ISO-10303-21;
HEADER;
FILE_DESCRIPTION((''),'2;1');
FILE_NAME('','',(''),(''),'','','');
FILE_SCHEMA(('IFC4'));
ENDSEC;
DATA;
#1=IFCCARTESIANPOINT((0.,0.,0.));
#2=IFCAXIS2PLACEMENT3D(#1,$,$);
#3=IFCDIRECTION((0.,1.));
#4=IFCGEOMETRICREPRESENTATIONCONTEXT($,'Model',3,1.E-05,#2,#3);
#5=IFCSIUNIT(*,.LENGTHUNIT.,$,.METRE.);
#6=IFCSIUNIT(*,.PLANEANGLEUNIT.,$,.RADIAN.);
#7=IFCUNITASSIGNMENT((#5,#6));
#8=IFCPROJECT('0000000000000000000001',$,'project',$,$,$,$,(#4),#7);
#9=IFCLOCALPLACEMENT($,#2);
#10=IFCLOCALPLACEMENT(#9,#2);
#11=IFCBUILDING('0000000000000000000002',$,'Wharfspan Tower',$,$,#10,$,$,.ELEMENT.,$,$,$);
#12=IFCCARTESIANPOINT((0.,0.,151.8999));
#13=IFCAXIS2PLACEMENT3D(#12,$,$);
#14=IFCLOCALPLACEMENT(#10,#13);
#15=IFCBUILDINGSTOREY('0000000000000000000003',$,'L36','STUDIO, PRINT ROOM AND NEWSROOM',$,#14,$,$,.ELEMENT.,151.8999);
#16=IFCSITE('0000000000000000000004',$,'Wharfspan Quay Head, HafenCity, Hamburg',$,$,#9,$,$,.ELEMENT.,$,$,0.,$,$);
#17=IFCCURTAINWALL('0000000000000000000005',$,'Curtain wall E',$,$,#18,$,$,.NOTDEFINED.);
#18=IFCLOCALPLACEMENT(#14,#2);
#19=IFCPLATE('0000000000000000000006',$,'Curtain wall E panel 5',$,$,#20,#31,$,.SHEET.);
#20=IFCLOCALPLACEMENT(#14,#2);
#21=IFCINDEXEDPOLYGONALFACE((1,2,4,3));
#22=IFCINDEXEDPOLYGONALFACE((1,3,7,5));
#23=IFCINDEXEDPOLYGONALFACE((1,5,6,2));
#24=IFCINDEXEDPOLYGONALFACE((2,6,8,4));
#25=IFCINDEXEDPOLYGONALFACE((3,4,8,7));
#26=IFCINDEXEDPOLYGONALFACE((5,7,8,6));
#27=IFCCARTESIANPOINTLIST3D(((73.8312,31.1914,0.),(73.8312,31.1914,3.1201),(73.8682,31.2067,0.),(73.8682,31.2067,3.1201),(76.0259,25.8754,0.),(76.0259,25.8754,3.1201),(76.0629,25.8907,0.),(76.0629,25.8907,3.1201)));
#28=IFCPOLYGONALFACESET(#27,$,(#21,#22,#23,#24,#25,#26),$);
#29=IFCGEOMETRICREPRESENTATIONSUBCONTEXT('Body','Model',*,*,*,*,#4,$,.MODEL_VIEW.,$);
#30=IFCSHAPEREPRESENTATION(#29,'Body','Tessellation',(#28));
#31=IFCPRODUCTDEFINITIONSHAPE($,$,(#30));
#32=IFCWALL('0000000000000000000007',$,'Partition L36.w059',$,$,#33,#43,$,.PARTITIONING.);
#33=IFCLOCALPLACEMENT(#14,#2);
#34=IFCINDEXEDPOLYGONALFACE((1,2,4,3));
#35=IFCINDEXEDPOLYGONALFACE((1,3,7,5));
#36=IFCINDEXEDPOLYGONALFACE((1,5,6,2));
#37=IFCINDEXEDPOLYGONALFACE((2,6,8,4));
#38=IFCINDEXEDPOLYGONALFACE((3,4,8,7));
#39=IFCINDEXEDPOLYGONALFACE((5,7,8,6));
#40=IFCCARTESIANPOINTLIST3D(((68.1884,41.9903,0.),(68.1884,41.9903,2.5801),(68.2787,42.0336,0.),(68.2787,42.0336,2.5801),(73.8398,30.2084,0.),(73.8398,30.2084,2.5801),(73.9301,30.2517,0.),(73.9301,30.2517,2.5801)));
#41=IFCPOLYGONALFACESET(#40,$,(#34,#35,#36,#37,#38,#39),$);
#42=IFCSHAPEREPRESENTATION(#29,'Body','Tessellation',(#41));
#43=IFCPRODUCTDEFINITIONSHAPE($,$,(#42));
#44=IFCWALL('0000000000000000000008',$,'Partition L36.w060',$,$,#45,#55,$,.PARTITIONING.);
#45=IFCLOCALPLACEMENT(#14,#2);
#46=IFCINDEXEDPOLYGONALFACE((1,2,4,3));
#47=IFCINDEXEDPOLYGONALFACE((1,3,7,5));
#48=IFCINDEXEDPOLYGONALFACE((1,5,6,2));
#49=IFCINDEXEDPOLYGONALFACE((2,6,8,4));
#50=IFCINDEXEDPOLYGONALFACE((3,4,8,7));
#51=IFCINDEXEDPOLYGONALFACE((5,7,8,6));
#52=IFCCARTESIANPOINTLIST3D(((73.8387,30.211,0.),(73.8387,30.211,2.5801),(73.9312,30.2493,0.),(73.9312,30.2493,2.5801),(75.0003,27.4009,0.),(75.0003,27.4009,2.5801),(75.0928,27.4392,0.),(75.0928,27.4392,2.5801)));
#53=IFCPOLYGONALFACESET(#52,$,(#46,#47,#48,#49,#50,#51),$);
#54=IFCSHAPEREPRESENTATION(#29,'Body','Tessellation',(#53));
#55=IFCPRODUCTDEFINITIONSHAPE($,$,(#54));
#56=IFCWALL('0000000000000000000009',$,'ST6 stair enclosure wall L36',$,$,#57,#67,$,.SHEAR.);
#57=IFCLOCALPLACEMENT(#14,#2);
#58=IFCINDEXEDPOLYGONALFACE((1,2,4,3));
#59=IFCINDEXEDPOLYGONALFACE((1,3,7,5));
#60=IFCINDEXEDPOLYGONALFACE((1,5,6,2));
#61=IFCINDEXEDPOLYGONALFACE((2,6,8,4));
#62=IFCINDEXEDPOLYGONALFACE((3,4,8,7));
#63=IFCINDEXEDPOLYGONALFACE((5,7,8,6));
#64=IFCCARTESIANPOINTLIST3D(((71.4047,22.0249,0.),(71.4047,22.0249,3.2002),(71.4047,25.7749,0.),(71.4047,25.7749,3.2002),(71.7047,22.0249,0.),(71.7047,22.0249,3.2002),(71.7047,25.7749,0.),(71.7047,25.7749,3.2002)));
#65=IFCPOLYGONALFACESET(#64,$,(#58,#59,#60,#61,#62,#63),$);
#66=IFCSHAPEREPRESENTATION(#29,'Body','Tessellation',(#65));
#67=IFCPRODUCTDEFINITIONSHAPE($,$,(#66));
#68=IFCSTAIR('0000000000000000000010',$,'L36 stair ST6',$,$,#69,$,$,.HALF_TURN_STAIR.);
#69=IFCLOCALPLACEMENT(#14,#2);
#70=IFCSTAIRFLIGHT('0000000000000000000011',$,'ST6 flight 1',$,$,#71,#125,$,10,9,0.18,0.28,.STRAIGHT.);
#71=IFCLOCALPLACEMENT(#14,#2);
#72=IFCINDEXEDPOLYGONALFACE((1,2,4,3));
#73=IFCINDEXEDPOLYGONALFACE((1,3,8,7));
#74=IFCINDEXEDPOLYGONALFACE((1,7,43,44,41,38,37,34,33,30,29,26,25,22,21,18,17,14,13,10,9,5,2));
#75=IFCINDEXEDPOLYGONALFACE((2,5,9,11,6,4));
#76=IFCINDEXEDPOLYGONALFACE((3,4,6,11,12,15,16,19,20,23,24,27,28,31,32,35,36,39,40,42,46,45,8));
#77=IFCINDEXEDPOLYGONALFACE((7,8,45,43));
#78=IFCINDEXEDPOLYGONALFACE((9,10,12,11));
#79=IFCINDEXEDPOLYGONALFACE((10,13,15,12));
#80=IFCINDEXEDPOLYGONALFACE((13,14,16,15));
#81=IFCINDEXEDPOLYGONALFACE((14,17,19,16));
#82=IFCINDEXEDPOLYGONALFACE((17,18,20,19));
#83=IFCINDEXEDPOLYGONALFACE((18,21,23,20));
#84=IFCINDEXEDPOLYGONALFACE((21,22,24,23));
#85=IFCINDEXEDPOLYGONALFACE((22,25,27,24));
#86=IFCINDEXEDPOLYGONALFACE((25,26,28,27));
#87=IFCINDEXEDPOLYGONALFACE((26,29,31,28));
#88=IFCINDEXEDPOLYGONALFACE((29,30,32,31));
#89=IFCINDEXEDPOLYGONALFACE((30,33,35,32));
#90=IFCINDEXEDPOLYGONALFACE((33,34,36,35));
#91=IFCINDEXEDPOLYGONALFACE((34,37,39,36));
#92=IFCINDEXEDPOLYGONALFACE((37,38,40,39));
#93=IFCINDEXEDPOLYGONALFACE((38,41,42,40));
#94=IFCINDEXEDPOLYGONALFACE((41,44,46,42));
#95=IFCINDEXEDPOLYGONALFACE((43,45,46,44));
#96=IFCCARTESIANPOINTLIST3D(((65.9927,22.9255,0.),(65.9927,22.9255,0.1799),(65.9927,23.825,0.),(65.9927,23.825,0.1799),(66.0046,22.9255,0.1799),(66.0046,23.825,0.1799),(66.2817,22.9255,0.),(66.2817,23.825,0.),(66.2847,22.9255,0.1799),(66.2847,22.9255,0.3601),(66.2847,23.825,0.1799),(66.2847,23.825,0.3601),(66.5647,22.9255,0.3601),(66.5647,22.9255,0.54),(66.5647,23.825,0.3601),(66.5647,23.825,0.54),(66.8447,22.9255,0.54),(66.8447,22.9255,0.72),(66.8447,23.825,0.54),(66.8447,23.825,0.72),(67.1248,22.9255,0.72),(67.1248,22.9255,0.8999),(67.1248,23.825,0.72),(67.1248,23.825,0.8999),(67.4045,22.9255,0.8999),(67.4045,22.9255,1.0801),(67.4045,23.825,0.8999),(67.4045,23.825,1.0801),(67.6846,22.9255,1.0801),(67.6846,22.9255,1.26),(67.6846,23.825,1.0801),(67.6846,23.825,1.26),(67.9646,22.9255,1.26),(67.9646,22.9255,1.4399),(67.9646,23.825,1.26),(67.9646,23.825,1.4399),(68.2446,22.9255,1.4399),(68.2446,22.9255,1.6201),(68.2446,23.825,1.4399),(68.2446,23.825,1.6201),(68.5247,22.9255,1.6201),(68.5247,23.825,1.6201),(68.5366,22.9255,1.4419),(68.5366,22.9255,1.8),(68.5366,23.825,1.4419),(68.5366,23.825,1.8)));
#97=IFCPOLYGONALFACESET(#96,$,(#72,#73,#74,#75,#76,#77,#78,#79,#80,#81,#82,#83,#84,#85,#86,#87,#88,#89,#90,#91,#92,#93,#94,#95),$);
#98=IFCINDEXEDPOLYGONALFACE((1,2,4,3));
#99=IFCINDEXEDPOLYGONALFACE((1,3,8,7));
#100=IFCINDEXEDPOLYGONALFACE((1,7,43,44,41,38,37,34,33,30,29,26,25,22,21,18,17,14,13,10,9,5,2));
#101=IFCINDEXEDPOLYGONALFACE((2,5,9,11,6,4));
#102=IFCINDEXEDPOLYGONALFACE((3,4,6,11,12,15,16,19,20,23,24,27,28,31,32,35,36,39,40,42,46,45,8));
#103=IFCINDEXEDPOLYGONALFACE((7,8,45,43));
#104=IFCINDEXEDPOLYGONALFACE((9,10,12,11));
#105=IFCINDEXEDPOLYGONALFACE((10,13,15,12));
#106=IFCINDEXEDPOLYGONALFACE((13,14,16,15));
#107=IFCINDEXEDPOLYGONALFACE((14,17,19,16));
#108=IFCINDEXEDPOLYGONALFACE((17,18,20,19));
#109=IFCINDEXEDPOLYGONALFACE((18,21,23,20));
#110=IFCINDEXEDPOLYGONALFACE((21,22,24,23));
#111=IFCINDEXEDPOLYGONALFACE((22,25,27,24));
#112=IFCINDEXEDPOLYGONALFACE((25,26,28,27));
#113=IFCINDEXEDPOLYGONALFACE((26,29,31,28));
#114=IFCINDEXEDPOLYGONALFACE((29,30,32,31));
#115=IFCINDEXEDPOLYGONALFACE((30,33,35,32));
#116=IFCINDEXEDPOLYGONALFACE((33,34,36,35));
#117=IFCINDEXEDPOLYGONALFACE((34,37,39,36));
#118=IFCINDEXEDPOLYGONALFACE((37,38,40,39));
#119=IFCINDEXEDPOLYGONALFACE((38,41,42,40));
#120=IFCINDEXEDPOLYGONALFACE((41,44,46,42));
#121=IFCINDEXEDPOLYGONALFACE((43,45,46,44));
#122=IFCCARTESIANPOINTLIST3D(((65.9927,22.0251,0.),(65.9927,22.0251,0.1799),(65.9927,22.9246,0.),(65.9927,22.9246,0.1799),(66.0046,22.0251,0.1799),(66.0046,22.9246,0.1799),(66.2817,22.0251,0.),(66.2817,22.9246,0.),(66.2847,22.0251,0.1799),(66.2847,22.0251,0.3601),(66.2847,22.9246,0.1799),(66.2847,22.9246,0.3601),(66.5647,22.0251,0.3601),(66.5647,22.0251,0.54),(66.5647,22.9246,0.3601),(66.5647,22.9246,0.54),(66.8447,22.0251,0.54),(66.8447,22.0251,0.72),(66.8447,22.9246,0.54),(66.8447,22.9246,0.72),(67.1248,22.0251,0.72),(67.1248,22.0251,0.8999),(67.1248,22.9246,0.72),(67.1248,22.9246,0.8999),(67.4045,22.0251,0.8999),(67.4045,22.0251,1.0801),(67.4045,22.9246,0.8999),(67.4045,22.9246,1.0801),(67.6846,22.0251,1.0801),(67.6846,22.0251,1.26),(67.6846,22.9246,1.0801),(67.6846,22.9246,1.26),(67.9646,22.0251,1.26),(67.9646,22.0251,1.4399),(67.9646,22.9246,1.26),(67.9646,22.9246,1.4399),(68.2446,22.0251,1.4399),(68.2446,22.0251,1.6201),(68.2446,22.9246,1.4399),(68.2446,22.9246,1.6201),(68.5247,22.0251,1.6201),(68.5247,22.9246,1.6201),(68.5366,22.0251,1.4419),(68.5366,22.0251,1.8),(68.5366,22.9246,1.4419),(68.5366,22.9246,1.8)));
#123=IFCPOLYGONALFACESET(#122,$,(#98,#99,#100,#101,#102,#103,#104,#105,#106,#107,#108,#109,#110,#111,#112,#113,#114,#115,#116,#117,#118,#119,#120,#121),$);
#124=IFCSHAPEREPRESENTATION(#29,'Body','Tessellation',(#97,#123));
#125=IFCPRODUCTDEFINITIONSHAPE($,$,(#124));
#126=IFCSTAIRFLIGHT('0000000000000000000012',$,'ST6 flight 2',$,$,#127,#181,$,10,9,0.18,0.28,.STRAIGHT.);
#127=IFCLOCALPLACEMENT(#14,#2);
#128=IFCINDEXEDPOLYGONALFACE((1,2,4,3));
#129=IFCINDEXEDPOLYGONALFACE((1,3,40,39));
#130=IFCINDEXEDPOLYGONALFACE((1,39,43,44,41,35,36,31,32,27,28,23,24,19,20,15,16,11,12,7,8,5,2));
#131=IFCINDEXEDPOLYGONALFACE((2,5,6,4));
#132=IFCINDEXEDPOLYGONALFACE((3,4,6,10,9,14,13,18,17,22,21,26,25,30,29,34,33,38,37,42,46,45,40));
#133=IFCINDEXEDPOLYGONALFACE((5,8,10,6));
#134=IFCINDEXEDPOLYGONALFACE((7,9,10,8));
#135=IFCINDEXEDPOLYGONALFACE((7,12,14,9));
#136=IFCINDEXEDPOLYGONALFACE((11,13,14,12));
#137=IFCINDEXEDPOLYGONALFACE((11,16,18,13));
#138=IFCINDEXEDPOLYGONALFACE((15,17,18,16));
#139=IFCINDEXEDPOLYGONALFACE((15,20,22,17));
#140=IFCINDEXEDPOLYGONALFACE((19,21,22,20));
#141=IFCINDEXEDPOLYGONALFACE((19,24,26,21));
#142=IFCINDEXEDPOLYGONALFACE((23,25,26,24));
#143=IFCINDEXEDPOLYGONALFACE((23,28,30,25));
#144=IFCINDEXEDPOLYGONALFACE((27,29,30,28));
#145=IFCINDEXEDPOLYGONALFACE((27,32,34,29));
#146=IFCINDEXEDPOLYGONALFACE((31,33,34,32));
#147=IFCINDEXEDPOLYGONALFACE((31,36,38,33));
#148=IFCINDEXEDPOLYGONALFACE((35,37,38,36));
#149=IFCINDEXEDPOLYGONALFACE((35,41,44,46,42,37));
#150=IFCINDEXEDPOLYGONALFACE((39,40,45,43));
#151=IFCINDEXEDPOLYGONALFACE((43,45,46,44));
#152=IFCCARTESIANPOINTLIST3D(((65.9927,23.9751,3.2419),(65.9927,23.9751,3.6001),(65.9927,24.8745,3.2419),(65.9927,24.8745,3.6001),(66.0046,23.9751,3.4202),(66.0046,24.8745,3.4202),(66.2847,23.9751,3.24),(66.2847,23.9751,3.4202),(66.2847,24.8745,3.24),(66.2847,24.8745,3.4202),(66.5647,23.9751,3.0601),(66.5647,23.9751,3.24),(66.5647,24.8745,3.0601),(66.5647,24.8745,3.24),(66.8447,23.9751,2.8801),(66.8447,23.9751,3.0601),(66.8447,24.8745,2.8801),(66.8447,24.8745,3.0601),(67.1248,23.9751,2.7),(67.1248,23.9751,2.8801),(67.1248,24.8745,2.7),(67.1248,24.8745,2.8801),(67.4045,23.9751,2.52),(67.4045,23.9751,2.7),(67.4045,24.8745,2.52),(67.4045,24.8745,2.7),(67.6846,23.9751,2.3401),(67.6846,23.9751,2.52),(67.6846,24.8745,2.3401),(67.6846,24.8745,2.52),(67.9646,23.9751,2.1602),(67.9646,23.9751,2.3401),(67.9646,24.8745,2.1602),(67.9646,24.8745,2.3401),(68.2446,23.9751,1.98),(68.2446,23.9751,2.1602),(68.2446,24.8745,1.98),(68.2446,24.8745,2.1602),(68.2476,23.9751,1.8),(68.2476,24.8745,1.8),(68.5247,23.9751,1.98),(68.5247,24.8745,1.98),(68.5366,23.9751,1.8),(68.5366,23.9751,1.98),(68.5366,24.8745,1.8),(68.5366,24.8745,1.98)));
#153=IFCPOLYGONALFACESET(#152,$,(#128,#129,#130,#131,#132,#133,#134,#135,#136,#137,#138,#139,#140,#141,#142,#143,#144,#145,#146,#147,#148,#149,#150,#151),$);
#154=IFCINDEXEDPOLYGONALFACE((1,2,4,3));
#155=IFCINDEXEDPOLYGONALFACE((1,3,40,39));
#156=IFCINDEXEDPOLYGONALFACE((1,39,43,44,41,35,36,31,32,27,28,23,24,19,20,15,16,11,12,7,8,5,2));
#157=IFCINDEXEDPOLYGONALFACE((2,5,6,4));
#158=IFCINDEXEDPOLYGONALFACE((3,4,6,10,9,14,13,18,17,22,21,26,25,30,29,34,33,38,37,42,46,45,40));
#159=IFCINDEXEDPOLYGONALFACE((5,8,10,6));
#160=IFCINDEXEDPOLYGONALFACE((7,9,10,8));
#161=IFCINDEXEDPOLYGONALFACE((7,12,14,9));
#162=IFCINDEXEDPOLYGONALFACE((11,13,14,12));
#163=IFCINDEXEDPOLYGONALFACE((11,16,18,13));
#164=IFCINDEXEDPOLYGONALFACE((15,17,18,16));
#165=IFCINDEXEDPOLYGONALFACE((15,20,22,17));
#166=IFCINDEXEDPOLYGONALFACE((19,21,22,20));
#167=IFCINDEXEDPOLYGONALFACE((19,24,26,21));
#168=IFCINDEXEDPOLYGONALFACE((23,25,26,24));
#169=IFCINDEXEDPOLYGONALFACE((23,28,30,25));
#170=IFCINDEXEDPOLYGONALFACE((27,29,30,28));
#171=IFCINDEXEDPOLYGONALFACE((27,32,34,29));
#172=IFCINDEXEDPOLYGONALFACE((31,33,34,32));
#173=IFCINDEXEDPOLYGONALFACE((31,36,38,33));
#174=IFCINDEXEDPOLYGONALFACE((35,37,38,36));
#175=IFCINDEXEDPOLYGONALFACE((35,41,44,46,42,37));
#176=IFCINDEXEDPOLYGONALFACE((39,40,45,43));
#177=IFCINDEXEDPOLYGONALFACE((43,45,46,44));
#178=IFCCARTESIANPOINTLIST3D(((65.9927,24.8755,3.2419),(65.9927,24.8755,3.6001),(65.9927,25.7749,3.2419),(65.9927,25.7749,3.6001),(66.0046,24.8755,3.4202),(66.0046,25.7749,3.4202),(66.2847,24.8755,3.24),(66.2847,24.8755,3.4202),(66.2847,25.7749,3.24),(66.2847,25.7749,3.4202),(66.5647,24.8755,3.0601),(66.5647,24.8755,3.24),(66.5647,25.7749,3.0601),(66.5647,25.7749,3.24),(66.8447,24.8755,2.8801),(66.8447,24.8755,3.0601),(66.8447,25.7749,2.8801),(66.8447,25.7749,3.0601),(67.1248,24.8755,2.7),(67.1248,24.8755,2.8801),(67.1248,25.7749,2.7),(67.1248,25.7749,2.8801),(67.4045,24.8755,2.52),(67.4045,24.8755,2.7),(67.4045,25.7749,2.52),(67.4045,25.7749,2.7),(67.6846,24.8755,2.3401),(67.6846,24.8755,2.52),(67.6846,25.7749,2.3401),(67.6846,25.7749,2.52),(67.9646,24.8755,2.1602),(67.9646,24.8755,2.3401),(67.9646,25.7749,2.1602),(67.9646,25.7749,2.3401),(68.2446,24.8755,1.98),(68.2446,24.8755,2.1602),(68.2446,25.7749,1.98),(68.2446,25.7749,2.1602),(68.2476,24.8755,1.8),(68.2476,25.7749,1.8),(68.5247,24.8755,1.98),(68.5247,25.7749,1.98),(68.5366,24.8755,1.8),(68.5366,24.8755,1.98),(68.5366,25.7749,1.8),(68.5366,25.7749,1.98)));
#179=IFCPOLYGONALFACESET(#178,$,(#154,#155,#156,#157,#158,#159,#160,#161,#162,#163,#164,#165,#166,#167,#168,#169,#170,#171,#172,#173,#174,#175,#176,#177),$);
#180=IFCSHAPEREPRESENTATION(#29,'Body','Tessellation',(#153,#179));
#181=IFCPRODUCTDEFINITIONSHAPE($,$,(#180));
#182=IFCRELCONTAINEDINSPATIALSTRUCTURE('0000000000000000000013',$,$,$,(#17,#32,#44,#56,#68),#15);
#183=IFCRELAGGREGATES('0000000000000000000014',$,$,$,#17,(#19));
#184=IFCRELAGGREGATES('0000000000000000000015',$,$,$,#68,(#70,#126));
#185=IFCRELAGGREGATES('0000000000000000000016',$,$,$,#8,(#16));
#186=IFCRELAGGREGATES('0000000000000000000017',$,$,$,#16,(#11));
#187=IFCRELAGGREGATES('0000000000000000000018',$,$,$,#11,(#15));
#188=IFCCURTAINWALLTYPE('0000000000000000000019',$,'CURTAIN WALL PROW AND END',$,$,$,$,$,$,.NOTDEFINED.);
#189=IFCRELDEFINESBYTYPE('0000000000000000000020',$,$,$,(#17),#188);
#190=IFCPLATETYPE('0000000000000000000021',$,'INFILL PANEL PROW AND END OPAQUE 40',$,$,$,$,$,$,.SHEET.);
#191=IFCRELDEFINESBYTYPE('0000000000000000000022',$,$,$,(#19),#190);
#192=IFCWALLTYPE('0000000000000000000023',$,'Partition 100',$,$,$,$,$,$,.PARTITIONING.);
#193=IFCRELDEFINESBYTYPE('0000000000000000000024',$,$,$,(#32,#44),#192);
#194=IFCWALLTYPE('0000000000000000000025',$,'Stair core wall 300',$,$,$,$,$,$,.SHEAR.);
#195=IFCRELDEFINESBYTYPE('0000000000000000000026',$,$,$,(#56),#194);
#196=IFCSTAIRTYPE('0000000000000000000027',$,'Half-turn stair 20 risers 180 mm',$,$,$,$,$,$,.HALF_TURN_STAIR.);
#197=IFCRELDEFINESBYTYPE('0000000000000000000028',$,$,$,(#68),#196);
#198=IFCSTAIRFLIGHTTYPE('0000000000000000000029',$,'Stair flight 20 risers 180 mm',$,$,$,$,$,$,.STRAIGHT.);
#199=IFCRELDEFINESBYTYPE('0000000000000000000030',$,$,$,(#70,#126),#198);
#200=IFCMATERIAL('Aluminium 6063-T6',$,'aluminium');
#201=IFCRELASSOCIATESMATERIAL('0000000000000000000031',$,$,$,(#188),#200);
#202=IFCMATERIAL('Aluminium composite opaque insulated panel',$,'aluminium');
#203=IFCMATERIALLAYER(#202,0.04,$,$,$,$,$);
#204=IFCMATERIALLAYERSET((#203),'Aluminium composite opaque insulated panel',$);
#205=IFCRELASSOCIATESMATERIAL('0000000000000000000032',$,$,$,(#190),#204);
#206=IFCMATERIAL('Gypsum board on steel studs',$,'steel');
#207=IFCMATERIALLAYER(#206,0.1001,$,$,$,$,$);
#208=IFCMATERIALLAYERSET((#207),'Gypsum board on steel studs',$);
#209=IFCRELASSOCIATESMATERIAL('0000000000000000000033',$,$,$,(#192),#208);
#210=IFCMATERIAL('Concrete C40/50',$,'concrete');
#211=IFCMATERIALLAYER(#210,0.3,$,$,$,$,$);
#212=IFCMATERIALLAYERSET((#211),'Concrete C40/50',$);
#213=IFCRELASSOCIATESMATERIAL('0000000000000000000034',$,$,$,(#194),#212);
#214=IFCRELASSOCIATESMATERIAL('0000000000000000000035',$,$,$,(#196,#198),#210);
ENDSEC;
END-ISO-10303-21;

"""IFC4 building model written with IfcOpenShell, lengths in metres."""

from ifc_helpers import new_model, si_unit, direction, frame, frame_2d, origin, origin_2d, place, context, subcontext, project, spatial, polyline, rectangle, outline, extrude, material, layer, layer_set, type_object, element, aggregate, save


model = new_model("IFC4")

# Units and contexts
model_context = context("Model", 3, precision=1e-05, world=origin(), true_north=direction((0.0, 1.0)))
body_context = subcontext(model_context, "Body", "Model", "MODEL_VIEW")
ifc_project = project(units=[si_unit("LENGTHUNIT", "METRE"), si_unit("PLANEANGLEUNIT", "RADIAN")], contexts=[model_context])

# Site, building, storey
site_placement = place(None, origin())
site = spatial("IfcSite", under=ifc_project, at=site_placement, Name="Wharfspan Quay Head, HafenCity, Hamburg", CompositionType="ELEMENT", RefElevation=0.0)
building_placement = place(site_placement, origin())
building = spatial("IfcBuilding", under=site, at=building_placement, Name="Wharfspan Tower", CompositionType="ELEMENT")
storey_placement = place(building_placement, frame((0.0, 0.0, 151.8999)))
storey = spatial("IfcBuildingStorey", under=building, at=storey_placement, Name="L36", Description="STUDIO, PRINT ROOM AND NEWSROOM", CompositionType="ELEMENT", Elevation=151.8999)

# Curtain wall
ifc_material_1 = material(Name="Aluminium 6063-T6", Category="aluminium")
curtain_wall_type = type_object("IfcCurtainWallType", Name="CURTAIN WALL PROW AND END", PredefinedType="NOTDEFINED", material=ifc_material_1)
curtain_wall_placement = place(storey_placement, origin())
curtain_wall = element("IfcCurtainWall", 1, at=curtain_wall_placement, inside=storey, type_object=curtain_wall_type, Name="Curtain wall E", PredefinedType="NOTDEFINED")

# Plate
ifc_material_2 = material(Name="Aluminium composite opaque insulated panel", Category="aluminium")
ifc_layer_1 = layer(ifc_material_2, 0.04)
ifc_layer_set_1 = layer_set([ifc_layer_1], Name="Aluminium composite opaque insulated panel")
plate_type = type_object("IfcPlateType", Name="INFILL PANEL PROW AND END OPAQUE 40", PredefinedType="SHEET", material=ifc_layer_set_1)
plate_1_placement = place(storey_placement, frame((74.947, 28.541, 0.0), z_axis=(0.0, 0.0, 1.0), x_axis=(-0.381602, 0.924325, 0.0)))
plate_1 = element("IfcPlate", 2, at=plate_1_placement, type_object=plate_type, Name="Curtain wall E panel 5", PredefinedType="SHEET", context=body_context, shape_type="SweptSolid", body=[
    extrude(rectangle(XDim=5.7512, YDim=0.04, at=origin_2d()), origin(), (0.0, 0.0, 1.0), 3.1201),
])
aggregate(curtain_wall, [plate_1])

# Walls
ifc_material_3 = material(Name="Gypsum board on steel studs", Category="steel")
ifc_layer_2 = layer(ifc_material_3, 0.1001)
ifc_layer_set_2 = layer_set([ifc_layer_2], Name="Gypsum board on steel studs")
wall_type_1 = type_object("IfcWallType", Name="Partition 100", PredefinedType="PARTITIONING", material=ifc_layer_set_2)
wall_1_placement = place(storey_placement, frame((73.885, 30.23, 0.0), z_axis=(0.0, 0.0, 1.0), x_axis=(-0.432489, 0.901635, 0.0)))
element("IfcWall", 3, at=wall_1_placement, inside=storey, type_object=wall_type_1, Name="Partition L36.w059", PredefinedType="PARTITIONING", context=body_context, shape_type="SweptSolid", body=[
    extrude(rectangle(XDim=13.0671, YDim=0.1001, at=frame_2d((6.5337, 0.0))), origin(), (0.0, 0.0, 1.0), 2.5801),
])
wall_2_placement = place(storey_placement, frame((75.0466, 27.4199, 0.0), z_axis=(0.0, 0.0, 1.0), x_axis=(-0.382024, 0.924148, 0.0)))
element("IfcWall", 4, at=wall_2_placement, inside=storey, type_object=wall_type_1, Name="Partition L36.w060", PredefinedType="PARTITIONING", context=body_context, shape_type="SweptSolid", body=[
    extrude(rectangle(XDim=3.0408, YDim=0.1001, at=frame_2d((1.5205, 0.0))), origin(), (0.0, 0.0, 1.0), 2.5801),
])
ifc_material_4 = material(Name="Concrete C40/50", Category="concrete")
ifc_layer_3 = layer(ifc_material_4, 0.3)
ifc_layer_set_3 = layer_set([ifc_layer_3], Name="Concrete C40/50")
wall_type_2 = type_object("IfcWallType", Name="Stair core wall 300", PredefinedType="SHEAR", material=ifc_layer_set_3)
wall_3_placement = place(storey_placement, frame((71.5547, 22.0249, 0.0), z_axis=(0.0, 0.0, 1.0), x_axis=(0.0, 1.0, 0.0)))
element("IfcWall", 5, at=wall_3_placement, inside=storey, type_object=wall_type_2, Name="ST6 stair enclosure wall L36", PredefinedType="SHEAR", context=body_context, shape_type="SweptSolid", body=[
    extrude(rectangle(XDim=3.75, YDim=0.3, at=frame_2d((1.875, 0.0))), origin(), (0.0, 0.0, 1.0), 3.2002),
])

# Stair, stair flights
stair_type = type_object("IfcStairType", Name="Half-turn stair 20 risers 180 mm", PredefinedType="HALF_TURN_STAIR", material=ifc_material_4)
stair_placement = place(storey_placement, origin())
stair = element("IfcStair", 6, at=stair_placement, inside=storey, type_object=stair_type, Name="L36 stair ST6", PredefinedType="HALF_TURN_STAIR")
stair_flight_type = type_object("IfcStairFlightType", Name="Stair flight 20 risers 180 mm", PredefinedType="STRAIGHT", material=ifc_material_4)
stair_flight_1_placement = place(storey_placement, frame((66.0046, 22.925, 0.0), z_axis=(0.0, 0.0, 1.0), x_axis=(1.0, 0.0, 0.0)))
stair_flight_1 = element("IfcStairFlight", 7, at=stair_flight_1_placement, type_object=stair_flight_type, Name="ST6 flight 1", NumberOfRisers=10, NumberOfTreads=9, PredefinedType="STRAIGHT", RiserHeight=0.18, TreadLength=0.28, context=body_context, shape_type="SweptSolid", body=[
    extrude(outline(polyline([(-0.012, 0.0), (-0.012, 0.1799), (0.0, 0.1799), (0.28, 0.1799), (0.28, 0.3601), (0.5601, 0.3601), (0.5601, 0.54), (0.8401, 0.54), (0.8401, 0.72), (1.1201, 0.72), (1.1201, 0.8999), (1.3999, 0.8999), (1.3999, 1.0801), (1.6799, 1.0801), (1.6799, 1.26), (1.96, 1.26), (1.96, 1.4399), (2.24, 1.4399), (2.24, 1.6201), (2.52, 1.6201), (2.532, 1.8), (2.532, 1.4419), (0.2771, 0.0), (-0.012, 0.0)])), frame((0.0, 0.8999, 0.0), z_axis=(0.0, -1.0, 0.0), x_axis=(1.0, 0.0, 0.0)), (0.0, 0.0, 1.0), 0.8994),
    extrude(outline(polyline([(-0.012, 0.0), (-0.012, 0.1799), (0.0, 0.1799), (0.28, 0.1799), (0.28, 0.3601), (0.5601, 0.3601), (0.5601, 0.54), (0.8401, 0.54), (0.8401, 0.72), (1.1201, 0.72), (1.1201, 0.8999), (1.3999, 0.8999), (1.3999, 1.0801), (1.6799, 1.0801), (1.6799, 1.26), (1.96, 1.26), (1.96, 1.4399), (2.24, 1.4399), (2.24, 1.6201), (2.52, 1.6201), (2.532, 1.8), (2.532, 1.4419), (0.2771, 0.0), (-0.012, 0.0)])), frame((0.0, -0.0005, 0.0), z_axis=(0.0, -1.0, 0.0), x_axis=(1.0, 0.0, 0.0)), (0.0, 0.0, 1.0), 0.8994),
])
stair_flight_2_placement = place(storey_placement, frame((68.5247, 24.875, 1.8), z_axis=(0.0, 0.0, 1.0), x_axis=(-1.0, 0.0, 0.0)))
stair_flight_2 = element("IfcStairFlight", 8, at=stair_flight_2_placement, type_object=stair_flight_type, Name="ST6 flight 2", NumberOfRisers=10, NumberOfTreads=9, PredefinedType="STRAIGHT", RiserHeight=0.18, TreadLength=0.28, context=body_context, shape_type="SweptSolid", body=[
    extrude(outline(polyline([(-0.012, 0.0), (-0.012, 0.1799), (0.0, 0.1799), (0.28, 0.1799), (0.28, 0.3601), (0.5601, 0.3601), (0.5601, 0.54), (0.8401, 0.54), (0.8401, 0.72), (1.1201, 0.72), (1.1201, 0.8999), (1.3999, 0.8999), (1.3999, 1.0801), (1.6799, 1.0801), (1.6799, 1.26), (1.96, 1.26), (1.96, 1.4399), (2.24, 1.4399), (2.24, 1.6201), (2.52, 1.6201), (2.532, 1.8), (2.532, 1.4419), (0.2771, 0.0), (-0.012, 0.0)])), frame((0.0, 0.8999, 0.0), z_axis=(0.0, -1.0, 0.0), x_axis=(1.0, 0.0, 0.0)), (0.0, 0.0, 1.0), 0.8994),
    extrude(outline(polyline([(-0.012, 0.0), (-0.012, 0.1799), (0.0, 0.1799), (0.28, 0.1799), (0.28, 0.3601), (0.5601, 0.3601), (0.5601, 0.54), (0.8401, 0.54), (0.8401, 0.72), (1.1201, 0.72), (1.1201, 0.8999), (1.3999, 0.8999), (1.3999, 1.0801), (1.6799, 1.0801), (1.6799, 1.26), (1.96, 1.26), (1.96, 1.4399), (2.24, 1.4399), (2.24, 1.6201), (2.52, 1.6201), (2.532, 1.8), (2.532, 1.4419), (0.2771, 0.0), (-0.012, 0.0)])), frame((0.0, -0.0005, 0.0), z_axis=(0.0, -1.0, 0.0), x_axis=(1.0, 0.0, 0.0)), (0.0, 0.0, 1.0), 0.8994),
])
aggregate(stair, [stair_flight_1, stair_flight_2])

save(model, "model.ifc")
